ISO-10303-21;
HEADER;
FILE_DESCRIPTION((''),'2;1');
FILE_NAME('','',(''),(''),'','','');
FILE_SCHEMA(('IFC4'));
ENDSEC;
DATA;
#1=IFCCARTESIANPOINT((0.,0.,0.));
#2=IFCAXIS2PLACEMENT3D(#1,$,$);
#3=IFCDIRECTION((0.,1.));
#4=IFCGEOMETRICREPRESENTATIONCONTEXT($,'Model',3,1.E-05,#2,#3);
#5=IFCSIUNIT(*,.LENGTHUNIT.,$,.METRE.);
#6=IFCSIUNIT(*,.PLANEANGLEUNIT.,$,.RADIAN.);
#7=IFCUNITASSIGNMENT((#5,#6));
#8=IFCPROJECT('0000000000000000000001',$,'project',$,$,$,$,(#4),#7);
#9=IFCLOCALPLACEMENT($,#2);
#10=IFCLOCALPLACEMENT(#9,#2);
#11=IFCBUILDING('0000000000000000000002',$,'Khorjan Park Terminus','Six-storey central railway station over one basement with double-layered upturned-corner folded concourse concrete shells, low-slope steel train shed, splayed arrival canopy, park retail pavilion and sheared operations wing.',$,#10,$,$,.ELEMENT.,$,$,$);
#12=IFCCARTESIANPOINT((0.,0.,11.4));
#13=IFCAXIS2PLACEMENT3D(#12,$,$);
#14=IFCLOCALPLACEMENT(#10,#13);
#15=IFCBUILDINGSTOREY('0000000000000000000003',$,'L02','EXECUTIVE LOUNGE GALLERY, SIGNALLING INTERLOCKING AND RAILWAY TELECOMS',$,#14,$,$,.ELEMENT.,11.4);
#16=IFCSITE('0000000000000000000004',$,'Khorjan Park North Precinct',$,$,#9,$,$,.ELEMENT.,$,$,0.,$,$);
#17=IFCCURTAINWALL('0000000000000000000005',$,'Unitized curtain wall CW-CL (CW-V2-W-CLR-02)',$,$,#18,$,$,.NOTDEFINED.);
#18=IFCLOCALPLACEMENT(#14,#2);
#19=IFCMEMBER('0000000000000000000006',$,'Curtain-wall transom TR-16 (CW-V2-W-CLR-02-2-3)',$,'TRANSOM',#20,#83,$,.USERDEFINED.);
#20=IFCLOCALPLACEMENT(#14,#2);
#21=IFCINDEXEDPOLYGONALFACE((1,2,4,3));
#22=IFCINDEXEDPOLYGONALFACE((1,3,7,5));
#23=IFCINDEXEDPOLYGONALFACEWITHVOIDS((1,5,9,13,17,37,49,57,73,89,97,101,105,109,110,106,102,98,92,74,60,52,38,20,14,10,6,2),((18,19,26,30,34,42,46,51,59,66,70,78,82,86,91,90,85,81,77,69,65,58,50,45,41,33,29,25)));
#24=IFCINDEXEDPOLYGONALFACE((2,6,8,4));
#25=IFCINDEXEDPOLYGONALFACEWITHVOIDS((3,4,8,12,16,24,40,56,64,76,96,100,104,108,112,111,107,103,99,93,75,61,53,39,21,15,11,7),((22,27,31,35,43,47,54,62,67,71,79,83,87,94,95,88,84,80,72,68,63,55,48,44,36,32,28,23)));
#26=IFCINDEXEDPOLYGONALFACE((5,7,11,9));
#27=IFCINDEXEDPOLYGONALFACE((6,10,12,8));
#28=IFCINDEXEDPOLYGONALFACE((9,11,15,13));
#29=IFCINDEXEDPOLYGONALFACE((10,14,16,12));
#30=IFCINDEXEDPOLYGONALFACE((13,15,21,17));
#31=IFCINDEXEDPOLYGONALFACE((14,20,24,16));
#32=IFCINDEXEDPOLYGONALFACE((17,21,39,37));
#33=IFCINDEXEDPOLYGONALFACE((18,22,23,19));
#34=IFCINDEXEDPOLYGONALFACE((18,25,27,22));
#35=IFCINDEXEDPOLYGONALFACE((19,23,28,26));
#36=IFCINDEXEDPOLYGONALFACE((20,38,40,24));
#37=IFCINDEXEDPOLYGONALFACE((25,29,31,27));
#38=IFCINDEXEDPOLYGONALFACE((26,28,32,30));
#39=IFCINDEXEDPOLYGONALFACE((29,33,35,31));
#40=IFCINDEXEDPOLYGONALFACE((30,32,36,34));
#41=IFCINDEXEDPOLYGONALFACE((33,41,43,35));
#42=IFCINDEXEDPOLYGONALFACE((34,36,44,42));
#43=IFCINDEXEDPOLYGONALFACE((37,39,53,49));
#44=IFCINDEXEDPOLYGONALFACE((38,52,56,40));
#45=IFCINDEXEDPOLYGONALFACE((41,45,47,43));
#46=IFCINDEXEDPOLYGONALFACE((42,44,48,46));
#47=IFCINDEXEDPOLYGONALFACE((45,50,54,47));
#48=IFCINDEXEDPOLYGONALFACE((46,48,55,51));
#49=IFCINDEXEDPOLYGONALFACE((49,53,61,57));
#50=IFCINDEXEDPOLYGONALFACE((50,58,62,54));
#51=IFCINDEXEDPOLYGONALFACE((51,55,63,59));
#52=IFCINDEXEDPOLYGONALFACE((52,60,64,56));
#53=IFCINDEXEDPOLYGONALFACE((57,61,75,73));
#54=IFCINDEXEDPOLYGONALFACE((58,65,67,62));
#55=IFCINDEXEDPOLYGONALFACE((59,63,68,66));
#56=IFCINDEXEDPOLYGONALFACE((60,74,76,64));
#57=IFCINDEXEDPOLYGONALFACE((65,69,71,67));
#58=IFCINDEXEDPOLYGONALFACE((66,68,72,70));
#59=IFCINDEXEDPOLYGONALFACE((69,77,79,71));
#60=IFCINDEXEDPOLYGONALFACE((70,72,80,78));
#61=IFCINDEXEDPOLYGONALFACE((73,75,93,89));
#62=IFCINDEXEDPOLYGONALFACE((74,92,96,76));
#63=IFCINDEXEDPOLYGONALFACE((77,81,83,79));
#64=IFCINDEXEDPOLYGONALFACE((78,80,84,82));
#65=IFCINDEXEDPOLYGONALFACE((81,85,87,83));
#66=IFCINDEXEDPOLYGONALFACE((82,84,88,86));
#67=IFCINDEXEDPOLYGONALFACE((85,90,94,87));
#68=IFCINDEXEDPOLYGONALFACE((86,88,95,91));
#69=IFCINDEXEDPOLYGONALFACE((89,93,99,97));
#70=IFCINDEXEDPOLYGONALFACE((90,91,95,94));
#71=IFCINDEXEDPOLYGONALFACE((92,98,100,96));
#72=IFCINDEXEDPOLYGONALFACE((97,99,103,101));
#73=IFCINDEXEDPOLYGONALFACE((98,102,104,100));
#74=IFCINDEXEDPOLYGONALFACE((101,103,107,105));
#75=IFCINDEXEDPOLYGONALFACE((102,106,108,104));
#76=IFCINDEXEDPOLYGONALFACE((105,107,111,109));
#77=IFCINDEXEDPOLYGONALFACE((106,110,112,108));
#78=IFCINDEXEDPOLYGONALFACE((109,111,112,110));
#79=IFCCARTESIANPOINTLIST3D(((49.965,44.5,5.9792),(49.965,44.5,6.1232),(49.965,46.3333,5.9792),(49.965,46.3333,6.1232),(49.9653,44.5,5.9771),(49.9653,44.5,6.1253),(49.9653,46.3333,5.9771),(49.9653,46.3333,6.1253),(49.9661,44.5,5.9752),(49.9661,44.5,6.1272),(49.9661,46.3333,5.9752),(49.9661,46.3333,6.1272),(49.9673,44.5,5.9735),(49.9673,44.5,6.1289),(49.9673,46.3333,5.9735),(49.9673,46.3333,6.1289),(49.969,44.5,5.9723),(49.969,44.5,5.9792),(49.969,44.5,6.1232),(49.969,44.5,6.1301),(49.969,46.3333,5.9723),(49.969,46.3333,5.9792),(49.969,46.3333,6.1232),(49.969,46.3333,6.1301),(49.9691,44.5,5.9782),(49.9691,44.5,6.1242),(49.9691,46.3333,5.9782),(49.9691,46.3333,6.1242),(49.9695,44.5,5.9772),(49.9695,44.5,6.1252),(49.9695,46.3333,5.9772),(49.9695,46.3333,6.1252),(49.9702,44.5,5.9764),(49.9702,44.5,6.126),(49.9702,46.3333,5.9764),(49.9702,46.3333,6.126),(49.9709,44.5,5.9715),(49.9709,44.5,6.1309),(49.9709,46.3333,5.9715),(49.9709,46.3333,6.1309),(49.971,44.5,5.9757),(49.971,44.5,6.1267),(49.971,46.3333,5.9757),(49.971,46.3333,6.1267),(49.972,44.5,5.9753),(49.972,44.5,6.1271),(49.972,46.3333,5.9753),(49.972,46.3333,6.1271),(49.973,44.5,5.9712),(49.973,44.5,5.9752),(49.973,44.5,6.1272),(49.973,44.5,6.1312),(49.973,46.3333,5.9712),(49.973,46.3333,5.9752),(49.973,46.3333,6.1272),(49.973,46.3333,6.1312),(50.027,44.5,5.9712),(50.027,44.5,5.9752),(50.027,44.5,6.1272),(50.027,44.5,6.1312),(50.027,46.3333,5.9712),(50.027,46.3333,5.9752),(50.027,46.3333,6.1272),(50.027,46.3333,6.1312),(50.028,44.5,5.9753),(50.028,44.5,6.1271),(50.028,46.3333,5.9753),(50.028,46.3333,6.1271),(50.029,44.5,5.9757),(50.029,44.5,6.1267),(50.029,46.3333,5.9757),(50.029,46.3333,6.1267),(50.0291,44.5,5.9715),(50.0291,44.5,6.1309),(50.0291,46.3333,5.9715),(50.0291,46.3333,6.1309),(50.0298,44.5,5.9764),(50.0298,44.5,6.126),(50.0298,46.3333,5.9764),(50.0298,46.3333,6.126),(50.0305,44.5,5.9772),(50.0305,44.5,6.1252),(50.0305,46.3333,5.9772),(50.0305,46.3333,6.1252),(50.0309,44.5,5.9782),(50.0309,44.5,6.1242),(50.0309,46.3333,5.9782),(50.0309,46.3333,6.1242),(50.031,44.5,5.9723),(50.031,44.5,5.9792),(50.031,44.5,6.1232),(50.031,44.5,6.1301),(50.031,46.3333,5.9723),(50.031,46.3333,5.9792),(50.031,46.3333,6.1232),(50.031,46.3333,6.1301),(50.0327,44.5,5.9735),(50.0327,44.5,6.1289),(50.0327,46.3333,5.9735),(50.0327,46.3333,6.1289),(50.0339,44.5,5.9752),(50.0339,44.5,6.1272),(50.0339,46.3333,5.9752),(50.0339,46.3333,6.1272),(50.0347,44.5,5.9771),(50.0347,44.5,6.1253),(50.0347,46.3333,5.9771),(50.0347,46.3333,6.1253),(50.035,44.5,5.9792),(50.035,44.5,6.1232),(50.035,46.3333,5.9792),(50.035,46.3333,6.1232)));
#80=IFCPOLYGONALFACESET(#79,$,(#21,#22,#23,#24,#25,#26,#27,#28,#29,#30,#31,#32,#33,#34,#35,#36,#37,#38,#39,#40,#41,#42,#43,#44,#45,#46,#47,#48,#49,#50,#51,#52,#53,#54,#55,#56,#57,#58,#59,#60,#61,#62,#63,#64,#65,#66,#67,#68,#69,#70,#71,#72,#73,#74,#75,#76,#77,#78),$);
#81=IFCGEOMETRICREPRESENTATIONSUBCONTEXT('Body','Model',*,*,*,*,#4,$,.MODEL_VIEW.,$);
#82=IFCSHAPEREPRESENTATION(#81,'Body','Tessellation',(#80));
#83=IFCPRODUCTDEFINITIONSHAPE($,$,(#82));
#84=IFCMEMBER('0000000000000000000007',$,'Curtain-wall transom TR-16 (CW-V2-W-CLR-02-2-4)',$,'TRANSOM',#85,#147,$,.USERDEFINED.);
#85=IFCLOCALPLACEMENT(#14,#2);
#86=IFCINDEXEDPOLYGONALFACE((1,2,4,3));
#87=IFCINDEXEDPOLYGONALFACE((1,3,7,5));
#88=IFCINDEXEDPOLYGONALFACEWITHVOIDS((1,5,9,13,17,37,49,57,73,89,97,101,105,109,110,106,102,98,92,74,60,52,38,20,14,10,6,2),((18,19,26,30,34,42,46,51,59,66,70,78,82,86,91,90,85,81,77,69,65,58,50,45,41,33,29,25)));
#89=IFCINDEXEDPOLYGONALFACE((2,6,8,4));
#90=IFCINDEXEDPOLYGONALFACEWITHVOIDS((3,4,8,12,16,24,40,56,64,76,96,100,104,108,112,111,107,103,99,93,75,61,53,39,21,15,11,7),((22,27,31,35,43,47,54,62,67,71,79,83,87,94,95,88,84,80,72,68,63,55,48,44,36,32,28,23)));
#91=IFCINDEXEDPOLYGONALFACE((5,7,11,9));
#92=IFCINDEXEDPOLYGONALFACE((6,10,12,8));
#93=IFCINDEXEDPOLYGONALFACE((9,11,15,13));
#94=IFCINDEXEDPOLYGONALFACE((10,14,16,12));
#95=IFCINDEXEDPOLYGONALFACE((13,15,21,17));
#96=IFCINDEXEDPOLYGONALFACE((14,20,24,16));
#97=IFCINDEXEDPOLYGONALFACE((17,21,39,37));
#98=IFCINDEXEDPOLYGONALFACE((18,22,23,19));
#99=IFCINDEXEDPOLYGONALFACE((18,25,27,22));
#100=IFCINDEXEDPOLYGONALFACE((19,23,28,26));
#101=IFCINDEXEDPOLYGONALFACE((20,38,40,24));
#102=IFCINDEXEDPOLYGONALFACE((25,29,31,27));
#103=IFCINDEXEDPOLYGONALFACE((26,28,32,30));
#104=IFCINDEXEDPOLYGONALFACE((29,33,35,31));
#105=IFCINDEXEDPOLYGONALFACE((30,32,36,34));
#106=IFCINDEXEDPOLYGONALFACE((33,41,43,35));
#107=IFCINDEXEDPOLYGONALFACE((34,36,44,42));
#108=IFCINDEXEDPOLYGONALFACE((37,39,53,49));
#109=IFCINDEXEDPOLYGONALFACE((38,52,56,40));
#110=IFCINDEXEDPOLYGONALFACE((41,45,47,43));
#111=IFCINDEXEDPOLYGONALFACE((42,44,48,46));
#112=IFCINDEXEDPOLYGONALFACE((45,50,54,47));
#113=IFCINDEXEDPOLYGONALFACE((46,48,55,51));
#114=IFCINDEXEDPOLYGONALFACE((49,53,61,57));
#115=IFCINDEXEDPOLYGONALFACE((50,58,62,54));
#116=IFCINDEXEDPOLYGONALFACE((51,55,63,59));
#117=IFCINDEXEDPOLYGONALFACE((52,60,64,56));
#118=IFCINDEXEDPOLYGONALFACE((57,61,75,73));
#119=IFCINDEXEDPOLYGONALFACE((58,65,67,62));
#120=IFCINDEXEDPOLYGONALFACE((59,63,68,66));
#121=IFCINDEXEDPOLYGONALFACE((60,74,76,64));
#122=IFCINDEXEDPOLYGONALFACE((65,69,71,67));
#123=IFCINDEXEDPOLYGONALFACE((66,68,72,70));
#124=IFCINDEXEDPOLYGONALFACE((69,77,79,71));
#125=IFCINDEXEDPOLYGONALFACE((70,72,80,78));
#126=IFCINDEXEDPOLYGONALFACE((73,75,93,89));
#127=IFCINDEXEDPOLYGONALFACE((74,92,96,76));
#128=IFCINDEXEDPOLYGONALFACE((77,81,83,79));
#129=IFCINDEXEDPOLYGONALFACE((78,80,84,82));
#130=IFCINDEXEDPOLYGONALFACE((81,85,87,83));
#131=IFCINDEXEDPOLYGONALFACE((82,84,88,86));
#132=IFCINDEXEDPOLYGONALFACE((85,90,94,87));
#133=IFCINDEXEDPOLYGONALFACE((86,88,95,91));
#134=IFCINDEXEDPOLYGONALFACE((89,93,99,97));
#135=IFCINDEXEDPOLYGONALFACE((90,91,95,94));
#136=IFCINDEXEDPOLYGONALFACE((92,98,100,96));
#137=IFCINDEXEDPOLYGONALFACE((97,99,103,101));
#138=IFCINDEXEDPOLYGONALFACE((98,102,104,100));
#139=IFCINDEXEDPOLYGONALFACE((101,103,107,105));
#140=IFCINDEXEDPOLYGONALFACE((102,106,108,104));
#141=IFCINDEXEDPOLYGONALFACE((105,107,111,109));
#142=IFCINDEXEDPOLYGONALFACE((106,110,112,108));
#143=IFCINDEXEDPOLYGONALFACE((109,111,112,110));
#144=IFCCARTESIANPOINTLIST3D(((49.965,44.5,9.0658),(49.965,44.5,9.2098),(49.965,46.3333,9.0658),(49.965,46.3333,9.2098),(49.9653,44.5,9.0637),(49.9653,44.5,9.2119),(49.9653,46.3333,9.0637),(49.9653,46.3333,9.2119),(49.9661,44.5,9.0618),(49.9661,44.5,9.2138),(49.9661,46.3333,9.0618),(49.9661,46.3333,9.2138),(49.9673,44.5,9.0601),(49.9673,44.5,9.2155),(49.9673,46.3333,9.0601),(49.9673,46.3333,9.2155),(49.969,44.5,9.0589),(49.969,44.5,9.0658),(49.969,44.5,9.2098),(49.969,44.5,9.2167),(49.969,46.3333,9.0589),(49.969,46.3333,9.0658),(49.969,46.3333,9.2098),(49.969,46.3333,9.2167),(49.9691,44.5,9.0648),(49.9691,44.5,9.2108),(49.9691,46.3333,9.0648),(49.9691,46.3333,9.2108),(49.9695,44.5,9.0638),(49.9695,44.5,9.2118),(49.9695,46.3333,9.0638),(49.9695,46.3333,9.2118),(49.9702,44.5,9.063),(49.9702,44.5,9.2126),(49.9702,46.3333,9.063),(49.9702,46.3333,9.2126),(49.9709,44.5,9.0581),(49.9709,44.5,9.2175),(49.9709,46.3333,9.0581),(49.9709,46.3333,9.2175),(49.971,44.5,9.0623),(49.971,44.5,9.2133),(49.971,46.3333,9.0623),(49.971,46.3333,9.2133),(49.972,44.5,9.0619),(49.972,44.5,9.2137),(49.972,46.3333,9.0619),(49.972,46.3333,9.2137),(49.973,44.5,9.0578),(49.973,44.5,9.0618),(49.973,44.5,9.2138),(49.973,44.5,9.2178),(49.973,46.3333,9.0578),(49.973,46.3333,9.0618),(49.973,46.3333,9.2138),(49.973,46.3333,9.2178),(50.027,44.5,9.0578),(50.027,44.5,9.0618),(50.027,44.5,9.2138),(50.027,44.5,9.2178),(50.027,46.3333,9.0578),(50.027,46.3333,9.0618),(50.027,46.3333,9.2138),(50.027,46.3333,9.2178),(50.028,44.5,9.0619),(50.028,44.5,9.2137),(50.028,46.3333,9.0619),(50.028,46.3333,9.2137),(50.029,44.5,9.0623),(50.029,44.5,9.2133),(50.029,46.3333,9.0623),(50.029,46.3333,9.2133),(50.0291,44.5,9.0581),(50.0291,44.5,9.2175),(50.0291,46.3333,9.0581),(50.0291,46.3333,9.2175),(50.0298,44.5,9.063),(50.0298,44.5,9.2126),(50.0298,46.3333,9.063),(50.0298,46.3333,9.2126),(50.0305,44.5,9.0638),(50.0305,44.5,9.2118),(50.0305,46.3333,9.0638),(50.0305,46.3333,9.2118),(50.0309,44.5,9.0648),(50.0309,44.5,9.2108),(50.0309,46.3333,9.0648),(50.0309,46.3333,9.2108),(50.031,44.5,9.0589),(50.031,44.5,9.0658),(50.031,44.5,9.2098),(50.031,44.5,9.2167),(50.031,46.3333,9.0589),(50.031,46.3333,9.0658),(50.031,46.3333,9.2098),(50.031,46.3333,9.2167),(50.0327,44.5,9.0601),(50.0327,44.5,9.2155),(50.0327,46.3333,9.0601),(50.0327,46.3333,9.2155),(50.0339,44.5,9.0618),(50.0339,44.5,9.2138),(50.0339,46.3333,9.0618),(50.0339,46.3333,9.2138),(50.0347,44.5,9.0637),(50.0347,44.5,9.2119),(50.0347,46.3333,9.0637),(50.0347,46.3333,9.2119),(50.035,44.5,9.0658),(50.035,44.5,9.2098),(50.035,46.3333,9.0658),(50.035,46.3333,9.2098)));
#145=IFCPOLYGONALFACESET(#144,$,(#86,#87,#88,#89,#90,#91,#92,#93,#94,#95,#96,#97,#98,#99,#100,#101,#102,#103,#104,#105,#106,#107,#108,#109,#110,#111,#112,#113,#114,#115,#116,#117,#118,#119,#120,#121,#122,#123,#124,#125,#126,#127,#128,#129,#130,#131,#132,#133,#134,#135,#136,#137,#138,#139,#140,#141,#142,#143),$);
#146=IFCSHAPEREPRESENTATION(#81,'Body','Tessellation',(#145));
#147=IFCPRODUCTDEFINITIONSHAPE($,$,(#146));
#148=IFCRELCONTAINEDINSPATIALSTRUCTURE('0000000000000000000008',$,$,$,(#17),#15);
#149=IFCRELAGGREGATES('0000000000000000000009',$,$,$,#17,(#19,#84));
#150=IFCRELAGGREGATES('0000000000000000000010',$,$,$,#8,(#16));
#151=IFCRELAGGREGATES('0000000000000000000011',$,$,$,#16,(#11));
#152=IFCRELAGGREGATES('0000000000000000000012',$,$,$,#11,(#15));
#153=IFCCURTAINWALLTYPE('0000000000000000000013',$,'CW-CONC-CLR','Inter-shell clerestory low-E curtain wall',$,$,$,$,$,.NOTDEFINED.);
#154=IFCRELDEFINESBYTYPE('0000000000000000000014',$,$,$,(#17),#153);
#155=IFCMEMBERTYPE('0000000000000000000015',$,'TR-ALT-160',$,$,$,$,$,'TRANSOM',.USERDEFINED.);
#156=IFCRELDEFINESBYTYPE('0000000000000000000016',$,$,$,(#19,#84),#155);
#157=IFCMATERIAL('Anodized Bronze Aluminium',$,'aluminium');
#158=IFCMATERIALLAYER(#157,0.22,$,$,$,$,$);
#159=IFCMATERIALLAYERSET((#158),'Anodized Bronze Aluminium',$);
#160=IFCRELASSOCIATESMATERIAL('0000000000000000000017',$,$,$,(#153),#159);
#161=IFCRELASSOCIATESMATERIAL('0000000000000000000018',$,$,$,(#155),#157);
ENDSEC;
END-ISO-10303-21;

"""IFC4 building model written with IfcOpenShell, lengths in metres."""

from ifc_helpers import new_model, si_unit, direction, frame, origin, origin_2d, place, context, subcontext, project, spatial, hollow_rectangle, extrude, material, layer, layer_set, material_profile, profile_set, type_object, element, aggregate, save


model = new_model("IFC4")

# Units and contexts
model_context = context("Model", 3, precision=1e-05, world=origin(), true_north=direction((0.0, 1.0)))
body_context = subcontext(model_context, "Body", "Model", "MODEL_VIEW")
ifc_project = project(units=[si_unit("LENGTHUNIT", "METRE"), si_unit("PLANEANGLEUNIT", "RADIAN")], contexts=[model_context])

# Site, building, storey
site_placement = place(None, origin())
site = spatial("IfcSite", under=ifc_project, at=site_placement, Name="Khorjan Park North Precinct", CompositionType="ELEMENT", RefElevation=0.0)
building_placement = place(site_placement, origin())
building = spatial("IfcBuilding", under=site, at=building_placement, Name="Khorjan Park Terminus", Description="Six-storey central railway station over one basement with double-layered upturned-corner folded concourse concrete shells, low-slope steel train shed, splayed arrival canopy, park retail pavilion and sheared operations wing.", CompositionType="ELEMENT")
storey_placement = place(building_placement, frame((0.0, 0.0, 11.4)))
storey = spatial("IfcBuildingStorey", under=building, at=storey_placement, Name="L02", Description="EXECUTIVE LOUNGE GALLERY, SIGNALLING INTERLOCKING AND RAILWAY TELECOMS", CompositionType="ELEMENT", Elevation=11.4)

# Curtain wall, members
ifc_material_1 = material(Name="Anodized Bronze Aluminium", Category="aluminium")
ifc_layer_1 = layer(ifc_material_1, 0.22)
ifc_layer_set_1 = layer_set([ifc_layer_1], Name="Anodized Bronze Aluminium")
curtain_wall_type = type_object("IfcCurtainWallType", Name="CW-CONC-CLR", Description="Inter-shell clerestory low-E curtain wall", PredefinedType="NOTDEFINED", material=ifc_layer_set_1)
ifc_material_profile_1 = material_profile(ifc_material_1, hollow_rectangle(XDim=0.07, YDim=0.16, WallThickness=0.004, InnerFilletRadius=0.004, OuterFilletRadius=0.008, at=origin_2d()), Name="ALT 70x160x4")
ifc_profile_set_1 = profile_set([ifc_material_profile_1], Name="Anodized Bronze Aluminium")
member_type_1 = type_object("IfcMemberType", Name="TR-ALT-160", ElementType="TRANSOM", PredefinedType="USERDEFINED", material=ifc_profile_set_1)
curtain_wall_1_placement = place(storey_placement, origin())
curtain_wall_1 = element("IfcCurtainWall", 1, at=curtain_wall_1_placement, inside=storey, type_object=curtain_wall_type, Name="Unitized curtain wall CW-CL (CW-V2-W-CLR-02)", PredefinedType="NOTDEFINED")
member_1_placement = place(storey_placement, frame((50.0, 46.3333, 6.0512), z_axis=(0.0, -1.0, 0.0), x_axis=(1.0, 0.0, 0.0)))
member_1 = element("IfcMember", 2, at=member_1_placement, type_object=member_type_1, Name="Curtain-wall transom TR-16 (CW-V2-W-CLR-02-2-3)", ObjectType="TRANSOM", PredefinedType="USERDEFINED", context=body_context, shape_type="SweptSolid", body=[
    extrude(hollow_rectangle(XDim=0.07, YDim=0.16, WallThickness=0.004, InnerFilletRadius=0.004, OuterFilletRadius=0.008, at=origin_2d()), origin(), (0.0, 0.0, 1.0), 1.8333),
])
member_2_placement = place(storey_placement, frame((50.0, 46.3333, 9.1378), z_axis=(0.0, -1.0, 0.0), x_axis=(1.0, 0.0, 0.0)))
member_2 = element("IfcMember", 3, at=member_2_placement, type_object=member_type_1, Name="Curtain-wall transom TR-16 (CW-V2-W-CLR-02-2-4)", ObjectType="TRANSOM", PredefinedType="USERDEFINED", context=body_context, shape_type="SweptSolid", body=[
    extrude(hollow_rectangle(XDim=0.07, YDim=0.16, WallThickness=0.004, InnerFilletRadius=0.004, OuterFilletRadius=0.008, at=origin_2d()), origin(), (0.0, 0.0, 1.0), 1.8333),
])

aggregate(curtain_wall_1, [member_1, member_2])

save(model, "model.ifc")
